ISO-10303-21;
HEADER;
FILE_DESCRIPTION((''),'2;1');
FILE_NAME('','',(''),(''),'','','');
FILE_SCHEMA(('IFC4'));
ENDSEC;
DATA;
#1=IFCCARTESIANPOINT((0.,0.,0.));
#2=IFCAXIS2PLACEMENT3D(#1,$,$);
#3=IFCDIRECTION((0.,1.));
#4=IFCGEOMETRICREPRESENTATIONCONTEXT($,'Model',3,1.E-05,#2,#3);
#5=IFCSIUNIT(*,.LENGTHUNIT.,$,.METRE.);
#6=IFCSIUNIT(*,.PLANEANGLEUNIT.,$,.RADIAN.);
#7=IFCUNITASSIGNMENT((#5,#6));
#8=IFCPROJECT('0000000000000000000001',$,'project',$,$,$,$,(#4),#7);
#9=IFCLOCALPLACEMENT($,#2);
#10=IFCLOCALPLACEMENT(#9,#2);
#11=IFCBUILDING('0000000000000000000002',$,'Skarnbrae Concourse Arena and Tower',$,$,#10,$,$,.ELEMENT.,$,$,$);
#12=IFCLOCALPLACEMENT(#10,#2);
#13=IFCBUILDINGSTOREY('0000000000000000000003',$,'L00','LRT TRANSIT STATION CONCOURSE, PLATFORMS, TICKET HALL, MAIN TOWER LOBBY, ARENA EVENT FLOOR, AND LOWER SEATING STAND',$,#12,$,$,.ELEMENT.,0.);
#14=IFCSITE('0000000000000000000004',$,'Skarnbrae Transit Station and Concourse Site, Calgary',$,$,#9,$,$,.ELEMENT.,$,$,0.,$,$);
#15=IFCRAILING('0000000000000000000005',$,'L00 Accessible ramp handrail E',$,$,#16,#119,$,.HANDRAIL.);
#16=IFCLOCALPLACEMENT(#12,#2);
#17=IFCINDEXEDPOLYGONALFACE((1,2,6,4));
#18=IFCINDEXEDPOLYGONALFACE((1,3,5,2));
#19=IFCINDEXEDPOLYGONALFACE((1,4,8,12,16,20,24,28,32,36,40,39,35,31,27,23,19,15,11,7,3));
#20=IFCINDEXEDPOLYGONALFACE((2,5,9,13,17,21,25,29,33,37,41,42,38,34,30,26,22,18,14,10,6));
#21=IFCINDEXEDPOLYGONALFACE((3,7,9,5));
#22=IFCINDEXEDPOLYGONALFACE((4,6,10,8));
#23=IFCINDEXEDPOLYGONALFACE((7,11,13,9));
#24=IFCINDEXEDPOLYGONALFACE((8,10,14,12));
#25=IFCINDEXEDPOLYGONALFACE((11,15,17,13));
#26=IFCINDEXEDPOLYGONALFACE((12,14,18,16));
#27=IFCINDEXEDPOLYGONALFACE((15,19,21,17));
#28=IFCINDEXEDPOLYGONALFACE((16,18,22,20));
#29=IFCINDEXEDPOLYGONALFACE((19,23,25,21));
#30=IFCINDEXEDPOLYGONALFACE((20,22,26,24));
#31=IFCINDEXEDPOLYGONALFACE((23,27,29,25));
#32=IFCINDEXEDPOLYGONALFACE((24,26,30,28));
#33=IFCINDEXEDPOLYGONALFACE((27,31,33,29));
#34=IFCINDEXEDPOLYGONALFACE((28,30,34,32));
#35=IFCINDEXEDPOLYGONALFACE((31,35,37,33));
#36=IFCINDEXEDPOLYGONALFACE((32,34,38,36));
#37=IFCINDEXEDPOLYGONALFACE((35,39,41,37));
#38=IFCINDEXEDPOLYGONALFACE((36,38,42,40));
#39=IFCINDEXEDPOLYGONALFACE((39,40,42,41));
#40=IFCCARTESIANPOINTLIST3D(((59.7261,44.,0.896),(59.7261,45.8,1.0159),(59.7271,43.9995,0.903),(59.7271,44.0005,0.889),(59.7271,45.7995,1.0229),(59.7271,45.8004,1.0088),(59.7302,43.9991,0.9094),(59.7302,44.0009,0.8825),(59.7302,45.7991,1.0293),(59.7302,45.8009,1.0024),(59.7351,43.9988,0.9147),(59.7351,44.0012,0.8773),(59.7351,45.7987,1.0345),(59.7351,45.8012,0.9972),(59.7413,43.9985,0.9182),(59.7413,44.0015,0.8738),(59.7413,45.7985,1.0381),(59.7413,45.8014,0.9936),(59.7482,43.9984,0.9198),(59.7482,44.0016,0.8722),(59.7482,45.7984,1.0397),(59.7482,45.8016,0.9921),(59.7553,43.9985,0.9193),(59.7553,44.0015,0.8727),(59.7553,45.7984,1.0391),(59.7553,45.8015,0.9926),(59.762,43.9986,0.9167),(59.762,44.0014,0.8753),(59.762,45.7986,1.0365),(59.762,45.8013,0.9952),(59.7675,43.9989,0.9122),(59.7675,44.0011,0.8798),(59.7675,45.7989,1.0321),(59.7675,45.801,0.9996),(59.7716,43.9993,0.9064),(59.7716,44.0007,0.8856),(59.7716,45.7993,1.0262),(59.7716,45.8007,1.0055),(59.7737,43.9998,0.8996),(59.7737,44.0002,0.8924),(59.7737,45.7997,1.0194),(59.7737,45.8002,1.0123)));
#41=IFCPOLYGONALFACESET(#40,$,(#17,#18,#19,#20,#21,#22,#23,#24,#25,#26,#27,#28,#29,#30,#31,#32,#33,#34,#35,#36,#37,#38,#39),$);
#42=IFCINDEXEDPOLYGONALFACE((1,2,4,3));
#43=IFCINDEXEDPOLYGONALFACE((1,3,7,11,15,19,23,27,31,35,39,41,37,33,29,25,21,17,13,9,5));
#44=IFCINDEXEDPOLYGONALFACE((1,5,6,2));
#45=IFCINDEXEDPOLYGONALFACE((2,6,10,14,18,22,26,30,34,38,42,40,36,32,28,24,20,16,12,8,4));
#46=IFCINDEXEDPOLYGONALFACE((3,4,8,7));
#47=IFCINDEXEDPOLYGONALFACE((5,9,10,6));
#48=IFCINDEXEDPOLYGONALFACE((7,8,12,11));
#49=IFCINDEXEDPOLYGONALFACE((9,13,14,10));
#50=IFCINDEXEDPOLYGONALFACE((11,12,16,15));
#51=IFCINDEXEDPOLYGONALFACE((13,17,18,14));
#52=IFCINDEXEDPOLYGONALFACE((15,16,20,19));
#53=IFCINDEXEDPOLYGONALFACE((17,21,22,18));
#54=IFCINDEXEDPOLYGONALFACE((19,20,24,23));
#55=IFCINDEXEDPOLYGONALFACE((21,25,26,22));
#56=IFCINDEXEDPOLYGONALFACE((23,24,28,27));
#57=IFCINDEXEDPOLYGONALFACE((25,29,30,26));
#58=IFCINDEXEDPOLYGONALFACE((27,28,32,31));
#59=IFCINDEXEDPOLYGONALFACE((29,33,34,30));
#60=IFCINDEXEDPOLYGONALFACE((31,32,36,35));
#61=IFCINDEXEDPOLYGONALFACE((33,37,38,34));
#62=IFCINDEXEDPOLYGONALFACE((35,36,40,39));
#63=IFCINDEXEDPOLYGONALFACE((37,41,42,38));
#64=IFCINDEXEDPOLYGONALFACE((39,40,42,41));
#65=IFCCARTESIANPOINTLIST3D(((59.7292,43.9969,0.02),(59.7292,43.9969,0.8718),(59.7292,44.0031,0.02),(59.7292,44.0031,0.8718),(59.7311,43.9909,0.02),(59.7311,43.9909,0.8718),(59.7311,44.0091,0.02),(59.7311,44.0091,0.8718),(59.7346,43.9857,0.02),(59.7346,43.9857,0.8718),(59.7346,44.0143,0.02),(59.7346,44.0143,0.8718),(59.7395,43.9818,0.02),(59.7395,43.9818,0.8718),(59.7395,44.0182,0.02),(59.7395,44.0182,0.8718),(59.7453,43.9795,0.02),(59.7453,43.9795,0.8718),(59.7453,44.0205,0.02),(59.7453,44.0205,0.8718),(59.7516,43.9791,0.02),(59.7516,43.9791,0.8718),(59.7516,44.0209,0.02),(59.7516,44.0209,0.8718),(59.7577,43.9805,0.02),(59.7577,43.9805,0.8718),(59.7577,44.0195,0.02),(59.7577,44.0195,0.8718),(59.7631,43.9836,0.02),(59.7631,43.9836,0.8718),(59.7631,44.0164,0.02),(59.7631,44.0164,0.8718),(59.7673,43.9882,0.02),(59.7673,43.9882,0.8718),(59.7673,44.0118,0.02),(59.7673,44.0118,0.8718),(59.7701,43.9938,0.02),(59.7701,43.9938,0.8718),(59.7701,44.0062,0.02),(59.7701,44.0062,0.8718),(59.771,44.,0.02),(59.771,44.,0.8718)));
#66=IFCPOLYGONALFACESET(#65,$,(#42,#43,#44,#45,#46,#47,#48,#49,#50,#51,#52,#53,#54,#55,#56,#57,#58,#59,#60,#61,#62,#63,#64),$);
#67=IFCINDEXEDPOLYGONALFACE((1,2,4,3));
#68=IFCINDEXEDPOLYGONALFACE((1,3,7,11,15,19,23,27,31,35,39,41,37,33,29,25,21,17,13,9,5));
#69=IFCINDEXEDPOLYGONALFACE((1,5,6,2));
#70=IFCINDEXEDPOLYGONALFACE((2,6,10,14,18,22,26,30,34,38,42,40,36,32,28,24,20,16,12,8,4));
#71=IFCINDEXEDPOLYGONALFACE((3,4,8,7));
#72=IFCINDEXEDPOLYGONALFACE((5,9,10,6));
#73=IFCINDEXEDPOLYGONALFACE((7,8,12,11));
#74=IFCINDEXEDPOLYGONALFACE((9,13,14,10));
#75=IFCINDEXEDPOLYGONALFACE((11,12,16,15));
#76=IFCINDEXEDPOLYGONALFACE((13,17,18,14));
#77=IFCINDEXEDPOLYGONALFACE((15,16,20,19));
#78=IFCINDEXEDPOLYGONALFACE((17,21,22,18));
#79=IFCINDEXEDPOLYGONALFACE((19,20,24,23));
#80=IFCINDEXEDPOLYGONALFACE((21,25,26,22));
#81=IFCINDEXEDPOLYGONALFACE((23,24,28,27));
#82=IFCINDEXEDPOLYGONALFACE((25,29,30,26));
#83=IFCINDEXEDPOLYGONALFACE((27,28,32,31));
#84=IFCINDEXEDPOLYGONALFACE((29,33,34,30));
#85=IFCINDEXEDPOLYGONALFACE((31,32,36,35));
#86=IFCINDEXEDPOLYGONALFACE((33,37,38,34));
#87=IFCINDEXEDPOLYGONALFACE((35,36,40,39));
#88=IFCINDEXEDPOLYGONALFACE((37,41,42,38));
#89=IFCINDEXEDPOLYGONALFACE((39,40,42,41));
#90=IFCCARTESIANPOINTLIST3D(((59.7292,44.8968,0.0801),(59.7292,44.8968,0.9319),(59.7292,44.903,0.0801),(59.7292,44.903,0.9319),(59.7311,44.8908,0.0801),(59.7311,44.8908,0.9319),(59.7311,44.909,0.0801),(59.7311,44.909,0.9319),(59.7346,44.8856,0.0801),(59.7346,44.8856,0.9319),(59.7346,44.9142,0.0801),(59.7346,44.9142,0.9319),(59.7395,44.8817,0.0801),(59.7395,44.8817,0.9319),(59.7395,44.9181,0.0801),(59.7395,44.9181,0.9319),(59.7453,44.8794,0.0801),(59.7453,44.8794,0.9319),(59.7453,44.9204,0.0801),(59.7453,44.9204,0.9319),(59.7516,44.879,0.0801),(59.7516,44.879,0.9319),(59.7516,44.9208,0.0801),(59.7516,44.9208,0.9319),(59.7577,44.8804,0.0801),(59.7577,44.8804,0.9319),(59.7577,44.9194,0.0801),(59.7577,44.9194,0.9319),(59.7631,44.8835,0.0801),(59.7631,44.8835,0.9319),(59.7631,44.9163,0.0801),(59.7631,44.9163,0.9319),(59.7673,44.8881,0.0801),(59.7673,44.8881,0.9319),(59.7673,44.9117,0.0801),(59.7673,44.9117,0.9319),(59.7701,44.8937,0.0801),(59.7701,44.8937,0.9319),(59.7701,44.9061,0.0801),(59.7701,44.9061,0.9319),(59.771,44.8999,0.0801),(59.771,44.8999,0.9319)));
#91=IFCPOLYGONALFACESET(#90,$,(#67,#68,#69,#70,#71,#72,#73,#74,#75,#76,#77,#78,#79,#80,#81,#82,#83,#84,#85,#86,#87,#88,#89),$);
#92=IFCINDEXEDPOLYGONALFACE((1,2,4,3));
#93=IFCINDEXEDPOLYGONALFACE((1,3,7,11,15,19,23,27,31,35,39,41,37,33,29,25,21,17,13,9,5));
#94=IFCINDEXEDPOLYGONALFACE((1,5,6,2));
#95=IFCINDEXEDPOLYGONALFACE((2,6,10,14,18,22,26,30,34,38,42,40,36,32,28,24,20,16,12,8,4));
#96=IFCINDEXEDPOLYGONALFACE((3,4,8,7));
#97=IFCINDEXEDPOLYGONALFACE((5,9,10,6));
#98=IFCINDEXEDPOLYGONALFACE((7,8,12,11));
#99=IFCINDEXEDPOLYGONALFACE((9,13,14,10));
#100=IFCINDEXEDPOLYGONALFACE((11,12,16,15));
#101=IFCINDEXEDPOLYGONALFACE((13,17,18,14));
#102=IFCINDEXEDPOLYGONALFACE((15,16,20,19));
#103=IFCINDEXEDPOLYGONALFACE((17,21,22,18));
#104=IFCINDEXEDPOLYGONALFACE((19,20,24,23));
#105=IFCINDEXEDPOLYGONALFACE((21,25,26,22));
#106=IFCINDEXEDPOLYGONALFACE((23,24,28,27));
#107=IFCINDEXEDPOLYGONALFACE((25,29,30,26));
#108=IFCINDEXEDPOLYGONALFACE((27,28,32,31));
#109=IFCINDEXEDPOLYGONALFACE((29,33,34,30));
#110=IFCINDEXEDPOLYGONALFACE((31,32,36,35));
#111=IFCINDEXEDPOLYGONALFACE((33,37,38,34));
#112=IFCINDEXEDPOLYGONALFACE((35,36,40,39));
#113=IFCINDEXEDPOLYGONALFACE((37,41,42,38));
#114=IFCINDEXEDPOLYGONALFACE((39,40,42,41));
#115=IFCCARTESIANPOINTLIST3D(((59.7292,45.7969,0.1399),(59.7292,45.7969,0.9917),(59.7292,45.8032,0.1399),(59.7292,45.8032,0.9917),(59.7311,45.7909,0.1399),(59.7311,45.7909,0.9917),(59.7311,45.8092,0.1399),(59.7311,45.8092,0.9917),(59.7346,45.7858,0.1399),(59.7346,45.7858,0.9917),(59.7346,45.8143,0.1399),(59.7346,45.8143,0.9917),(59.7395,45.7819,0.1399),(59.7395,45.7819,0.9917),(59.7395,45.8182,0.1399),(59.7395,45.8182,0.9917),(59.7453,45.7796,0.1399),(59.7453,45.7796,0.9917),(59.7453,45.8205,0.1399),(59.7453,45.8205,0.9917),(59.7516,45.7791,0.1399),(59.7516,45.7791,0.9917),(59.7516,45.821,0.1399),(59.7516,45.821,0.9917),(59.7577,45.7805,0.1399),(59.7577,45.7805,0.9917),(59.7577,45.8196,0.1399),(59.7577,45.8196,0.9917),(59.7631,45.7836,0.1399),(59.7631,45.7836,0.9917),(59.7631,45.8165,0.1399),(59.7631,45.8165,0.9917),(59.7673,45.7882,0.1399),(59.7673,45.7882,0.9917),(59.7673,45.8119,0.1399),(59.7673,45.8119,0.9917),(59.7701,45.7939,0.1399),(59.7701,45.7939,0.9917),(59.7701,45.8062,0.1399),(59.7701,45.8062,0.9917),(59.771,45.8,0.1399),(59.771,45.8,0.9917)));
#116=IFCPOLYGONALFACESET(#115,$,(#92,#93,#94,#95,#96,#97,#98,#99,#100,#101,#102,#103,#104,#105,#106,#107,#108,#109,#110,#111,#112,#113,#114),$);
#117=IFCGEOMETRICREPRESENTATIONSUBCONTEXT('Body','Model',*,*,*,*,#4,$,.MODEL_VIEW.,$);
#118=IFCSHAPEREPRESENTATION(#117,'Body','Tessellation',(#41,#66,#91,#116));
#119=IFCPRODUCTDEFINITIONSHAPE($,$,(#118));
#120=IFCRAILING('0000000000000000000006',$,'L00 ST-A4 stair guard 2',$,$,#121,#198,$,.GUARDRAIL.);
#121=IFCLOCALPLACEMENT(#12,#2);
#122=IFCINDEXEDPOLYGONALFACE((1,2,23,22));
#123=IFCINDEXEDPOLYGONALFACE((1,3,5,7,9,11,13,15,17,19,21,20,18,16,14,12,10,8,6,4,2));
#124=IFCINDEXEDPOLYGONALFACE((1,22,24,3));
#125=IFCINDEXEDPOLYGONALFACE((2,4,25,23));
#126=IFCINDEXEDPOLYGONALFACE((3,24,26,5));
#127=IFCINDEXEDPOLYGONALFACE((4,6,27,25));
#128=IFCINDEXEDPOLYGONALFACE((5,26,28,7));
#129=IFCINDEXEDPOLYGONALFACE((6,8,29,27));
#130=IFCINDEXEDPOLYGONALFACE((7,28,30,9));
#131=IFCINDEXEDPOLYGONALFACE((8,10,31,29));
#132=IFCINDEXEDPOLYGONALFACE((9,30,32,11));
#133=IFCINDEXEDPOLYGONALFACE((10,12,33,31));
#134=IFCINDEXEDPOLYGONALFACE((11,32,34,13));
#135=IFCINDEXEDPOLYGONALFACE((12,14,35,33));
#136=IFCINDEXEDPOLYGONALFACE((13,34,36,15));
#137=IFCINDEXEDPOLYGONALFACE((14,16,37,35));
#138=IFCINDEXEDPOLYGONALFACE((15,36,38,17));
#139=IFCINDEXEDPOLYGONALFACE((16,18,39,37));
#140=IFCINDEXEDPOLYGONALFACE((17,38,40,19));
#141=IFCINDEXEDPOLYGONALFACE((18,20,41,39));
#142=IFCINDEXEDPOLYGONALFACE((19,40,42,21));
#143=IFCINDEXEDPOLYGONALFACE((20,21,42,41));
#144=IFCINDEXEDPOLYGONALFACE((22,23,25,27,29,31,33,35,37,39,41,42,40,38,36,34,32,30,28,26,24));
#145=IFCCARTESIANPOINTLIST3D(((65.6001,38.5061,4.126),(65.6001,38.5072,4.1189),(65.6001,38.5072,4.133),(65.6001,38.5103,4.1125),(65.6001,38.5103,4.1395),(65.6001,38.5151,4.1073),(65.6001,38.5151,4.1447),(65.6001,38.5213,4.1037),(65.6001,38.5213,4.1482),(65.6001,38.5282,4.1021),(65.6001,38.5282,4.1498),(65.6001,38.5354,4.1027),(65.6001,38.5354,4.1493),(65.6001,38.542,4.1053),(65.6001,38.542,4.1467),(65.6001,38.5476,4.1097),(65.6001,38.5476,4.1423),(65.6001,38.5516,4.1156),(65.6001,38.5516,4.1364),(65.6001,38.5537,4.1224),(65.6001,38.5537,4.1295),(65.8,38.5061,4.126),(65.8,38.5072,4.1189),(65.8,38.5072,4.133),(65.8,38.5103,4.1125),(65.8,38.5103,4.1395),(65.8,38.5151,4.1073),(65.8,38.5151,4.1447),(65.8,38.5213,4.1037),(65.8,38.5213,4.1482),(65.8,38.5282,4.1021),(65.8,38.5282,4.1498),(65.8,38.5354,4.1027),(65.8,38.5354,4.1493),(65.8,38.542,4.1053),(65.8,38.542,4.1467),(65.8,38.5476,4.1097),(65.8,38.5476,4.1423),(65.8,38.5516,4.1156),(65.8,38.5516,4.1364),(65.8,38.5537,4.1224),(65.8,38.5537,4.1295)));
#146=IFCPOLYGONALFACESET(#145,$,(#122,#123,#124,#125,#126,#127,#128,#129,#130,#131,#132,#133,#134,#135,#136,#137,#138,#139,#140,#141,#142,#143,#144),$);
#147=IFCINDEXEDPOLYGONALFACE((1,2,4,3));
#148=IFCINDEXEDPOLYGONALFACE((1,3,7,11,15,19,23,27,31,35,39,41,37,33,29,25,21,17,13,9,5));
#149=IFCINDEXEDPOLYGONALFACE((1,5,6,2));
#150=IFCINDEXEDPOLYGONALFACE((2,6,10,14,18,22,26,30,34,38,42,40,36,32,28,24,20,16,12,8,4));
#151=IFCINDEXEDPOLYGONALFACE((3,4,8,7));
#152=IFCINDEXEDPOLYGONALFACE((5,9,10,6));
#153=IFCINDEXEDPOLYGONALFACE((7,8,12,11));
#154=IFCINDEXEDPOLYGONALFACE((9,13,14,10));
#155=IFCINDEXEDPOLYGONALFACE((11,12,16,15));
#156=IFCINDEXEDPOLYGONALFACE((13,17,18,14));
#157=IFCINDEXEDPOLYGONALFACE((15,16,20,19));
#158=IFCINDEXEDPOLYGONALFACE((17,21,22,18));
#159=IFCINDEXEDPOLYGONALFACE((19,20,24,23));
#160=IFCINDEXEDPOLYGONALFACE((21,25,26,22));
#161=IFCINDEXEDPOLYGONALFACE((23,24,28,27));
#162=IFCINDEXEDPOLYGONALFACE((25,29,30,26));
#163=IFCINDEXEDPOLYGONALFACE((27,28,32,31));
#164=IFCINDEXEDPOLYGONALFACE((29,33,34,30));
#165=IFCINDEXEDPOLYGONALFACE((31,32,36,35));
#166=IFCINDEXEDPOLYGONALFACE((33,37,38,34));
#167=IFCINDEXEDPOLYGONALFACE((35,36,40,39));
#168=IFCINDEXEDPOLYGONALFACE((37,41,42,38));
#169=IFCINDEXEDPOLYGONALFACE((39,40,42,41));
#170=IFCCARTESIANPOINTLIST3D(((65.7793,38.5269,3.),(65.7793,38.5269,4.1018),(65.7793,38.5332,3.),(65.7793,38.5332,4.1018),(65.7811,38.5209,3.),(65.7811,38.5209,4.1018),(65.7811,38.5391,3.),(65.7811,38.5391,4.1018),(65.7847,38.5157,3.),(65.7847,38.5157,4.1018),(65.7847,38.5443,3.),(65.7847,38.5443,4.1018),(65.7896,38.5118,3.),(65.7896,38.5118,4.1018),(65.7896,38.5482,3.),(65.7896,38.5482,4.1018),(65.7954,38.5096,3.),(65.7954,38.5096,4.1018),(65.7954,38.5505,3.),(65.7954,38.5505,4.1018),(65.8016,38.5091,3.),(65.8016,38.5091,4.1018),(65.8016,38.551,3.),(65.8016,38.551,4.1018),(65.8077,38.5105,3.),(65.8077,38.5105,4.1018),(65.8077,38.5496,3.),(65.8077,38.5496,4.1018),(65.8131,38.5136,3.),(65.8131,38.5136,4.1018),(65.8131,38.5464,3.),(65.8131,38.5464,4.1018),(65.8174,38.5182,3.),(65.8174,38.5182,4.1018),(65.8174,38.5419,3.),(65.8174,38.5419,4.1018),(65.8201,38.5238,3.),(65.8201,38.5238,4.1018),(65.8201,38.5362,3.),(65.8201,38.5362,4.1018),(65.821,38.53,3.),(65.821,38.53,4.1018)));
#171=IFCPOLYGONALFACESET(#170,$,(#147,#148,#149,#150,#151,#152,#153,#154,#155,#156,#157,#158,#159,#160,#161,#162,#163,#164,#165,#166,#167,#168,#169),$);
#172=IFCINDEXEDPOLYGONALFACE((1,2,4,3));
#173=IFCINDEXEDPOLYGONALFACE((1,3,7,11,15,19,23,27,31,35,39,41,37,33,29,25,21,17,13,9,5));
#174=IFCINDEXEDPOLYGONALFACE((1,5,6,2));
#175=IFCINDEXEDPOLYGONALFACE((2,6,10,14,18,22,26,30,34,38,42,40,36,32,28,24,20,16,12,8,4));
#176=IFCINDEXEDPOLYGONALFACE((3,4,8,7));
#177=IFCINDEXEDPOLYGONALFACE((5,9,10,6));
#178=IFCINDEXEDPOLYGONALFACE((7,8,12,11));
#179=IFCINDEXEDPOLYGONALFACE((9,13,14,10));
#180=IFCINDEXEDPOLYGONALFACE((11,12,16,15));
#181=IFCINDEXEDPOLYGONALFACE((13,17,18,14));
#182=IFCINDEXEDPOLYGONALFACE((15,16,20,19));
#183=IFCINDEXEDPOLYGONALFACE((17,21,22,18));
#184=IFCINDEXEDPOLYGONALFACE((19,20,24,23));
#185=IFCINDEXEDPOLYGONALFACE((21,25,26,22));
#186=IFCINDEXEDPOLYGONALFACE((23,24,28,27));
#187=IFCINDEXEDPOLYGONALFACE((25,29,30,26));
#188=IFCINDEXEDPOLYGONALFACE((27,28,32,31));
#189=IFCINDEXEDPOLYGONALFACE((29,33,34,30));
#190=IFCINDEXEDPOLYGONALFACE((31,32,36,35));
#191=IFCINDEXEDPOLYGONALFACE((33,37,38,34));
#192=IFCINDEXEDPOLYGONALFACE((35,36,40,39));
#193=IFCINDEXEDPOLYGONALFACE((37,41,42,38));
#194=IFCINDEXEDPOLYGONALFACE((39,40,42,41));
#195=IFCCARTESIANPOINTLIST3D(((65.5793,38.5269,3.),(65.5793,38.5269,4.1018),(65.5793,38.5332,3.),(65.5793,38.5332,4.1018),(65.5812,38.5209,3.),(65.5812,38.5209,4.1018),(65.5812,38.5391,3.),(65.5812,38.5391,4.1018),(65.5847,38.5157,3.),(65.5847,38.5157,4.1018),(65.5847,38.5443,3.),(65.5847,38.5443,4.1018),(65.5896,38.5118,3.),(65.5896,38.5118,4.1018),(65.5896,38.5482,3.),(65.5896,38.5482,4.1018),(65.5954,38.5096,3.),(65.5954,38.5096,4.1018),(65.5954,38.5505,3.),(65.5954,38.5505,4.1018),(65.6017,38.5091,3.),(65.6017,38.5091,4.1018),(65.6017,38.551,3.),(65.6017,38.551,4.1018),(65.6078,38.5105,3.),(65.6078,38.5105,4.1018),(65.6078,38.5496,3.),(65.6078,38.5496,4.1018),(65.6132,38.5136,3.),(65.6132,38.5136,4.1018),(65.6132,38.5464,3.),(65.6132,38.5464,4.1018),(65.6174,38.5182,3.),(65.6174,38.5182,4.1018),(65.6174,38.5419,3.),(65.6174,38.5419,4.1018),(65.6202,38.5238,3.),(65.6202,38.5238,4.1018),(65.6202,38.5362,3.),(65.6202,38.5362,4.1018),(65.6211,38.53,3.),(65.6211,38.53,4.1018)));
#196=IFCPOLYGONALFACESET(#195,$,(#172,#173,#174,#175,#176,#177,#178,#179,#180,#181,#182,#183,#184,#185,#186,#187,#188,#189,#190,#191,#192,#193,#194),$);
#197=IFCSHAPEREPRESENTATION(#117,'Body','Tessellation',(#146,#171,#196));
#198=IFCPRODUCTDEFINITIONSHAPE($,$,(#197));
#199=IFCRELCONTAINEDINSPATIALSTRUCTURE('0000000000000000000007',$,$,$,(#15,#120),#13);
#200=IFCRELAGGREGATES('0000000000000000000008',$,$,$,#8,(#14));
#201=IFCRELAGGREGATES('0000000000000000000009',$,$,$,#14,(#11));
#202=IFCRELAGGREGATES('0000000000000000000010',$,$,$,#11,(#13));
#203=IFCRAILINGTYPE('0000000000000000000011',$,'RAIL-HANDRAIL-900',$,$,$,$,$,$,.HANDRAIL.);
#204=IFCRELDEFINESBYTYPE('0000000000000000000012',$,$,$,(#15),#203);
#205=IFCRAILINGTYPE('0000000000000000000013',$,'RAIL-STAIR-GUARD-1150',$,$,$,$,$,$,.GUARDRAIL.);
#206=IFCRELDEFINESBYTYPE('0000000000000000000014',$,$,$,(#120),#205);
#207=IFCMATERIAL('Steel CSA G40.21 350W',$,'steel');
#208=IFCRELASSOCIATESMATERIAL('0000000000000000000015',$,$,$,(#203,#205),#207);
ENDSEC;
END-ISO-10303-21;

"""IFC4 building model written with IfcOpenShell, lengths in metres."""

from ifc_helpers import new_model, si_unit, direction, frame, origin, origin_2d, place, context, subcontext, project, spatial, circle, extrude, material, type_object, element, save


model = new_model("IFC4")

# Units and contexts
model_context = context("Model", 3, precision=1e-05, world=origin(), true_north=direction((0.0, 1.0)))
body_context = subcontext(model_context, "Body", "Model", "MODEL_VIEW")
ifc_project = project(units=[si_unit("LENGTHUNIT", "METRE"), si_unit("PLANEANGLEUNIT", "RADIAN")], contexts=[model_context])

# Site, building, storey
site_placement = place(None, origin())
site = spatial("IfcSite", under=ifc_project, at=site_placement, Name="Skarnbrae Transit Station and Concourse Site, Calgary", CompositionType="ELEMENT", RefElevation=0.0)
building_placement = place(site_placement, origin())
building = spatial("IfcBuilding", under=site, at=building_placement, Name="Skarnbrae Concourse Arena and Tower", CompositionType="ELEMENT")
storey_placement = place(building_placement, origin())
storey = spatial("IfcBuildingStorey", under=building, at=storey_placement, Name="L00", Description="LRT TRANSIT STATION CONCOURSE, PLATFORMS, TICKET HALL, MAIN TOWER LOBBY, ARENA EVENT FLOOR, AND LOWER SEATING STAND", CompositionType="ELEMENT", Elevation=0.0)

# Shared definitions
ifc_material_1 = material(Name="Steel CSA G40.21 350W", Category="steel")

# Railings
railing_type_1 = type_object("IfcRailingType", Name="RAIL-HANDRAIL-900", PredefinedType="HANDRAIL", material=ifc_material_1)
railing_1_placement = place(storey_placement, frame((59.75, 44.0, 0.02)))
element("IfcRailing", 1, at=railing_1_placement, inside=storey, type_object=railing_type_1, Name="L00 Accessible ramp handrail E", PredefinedType="HANDRAIL", context=body_context, shape_type="SweptSolid", body=[
    extrude(circle(Radius=0.0239, at=origin_2d()), frame((0.0, 0.0, 0.876), z_axis=(0.0, 0.99779, 0.066447), x_axis=(-1.0, 0.0, 0.0)), (0.0, 0.0, 1.0), 1.804),
    extrude(circle(Radius=0.021, at=origin_2d()), origin(), (0.0, 0.0, 1.0), 0.8518),
    extrude(circle(Radius=0.021, at=origin_2d()), frame((0.0, 0.8999, 0.0601)), (0.0, 0.0, 1.0), 0.8518),
    extrude(circle(Radius=0.021, at=origin_2d()), frame((0.0, 1.8, 0.1199)), (0.0, 0.0, 1.0), 0.8518),
])
railing_type_2 = type_object("IfcRailingType", Name="RAIL-STAIR-GUARD-1150", PredefinedType="GUARDRAIL", material=ifc_material_1)
railing_2_placement = place(storey_placement, frame((65.8, 38.53, 3.0)))
element("IfcRailing", 2, at=railing_2_placement, inside=storey, type_object=railing_type_2, Name="L00 ST-A4 stair guard 2", PredefinedType="GUARDRAIL", context=body_context, shape_type="SweptSolid", body=[
    extrude(circle(Radius=0.0239, at=origin_2d()), frame((0.0, 0.0, 1.126), z_axis=(-1.0, 0.0, 0.0), x_axis=(0.0, -1.0, 0.0)), (0.0, 0.0, 1.0), 0.2),
    extrude(circle(Radius=0.021, at=origin_2d()), origin(), (0.0, 0.0, 1.0), 1.1018),
    extrude(circle(Radius=0.021, at=origin_2d()), frame((-0.2, 0.0, 0.0)), (0.0, 0.0, 1.0), 1.1018),
])

save(model, "model.ifc")
